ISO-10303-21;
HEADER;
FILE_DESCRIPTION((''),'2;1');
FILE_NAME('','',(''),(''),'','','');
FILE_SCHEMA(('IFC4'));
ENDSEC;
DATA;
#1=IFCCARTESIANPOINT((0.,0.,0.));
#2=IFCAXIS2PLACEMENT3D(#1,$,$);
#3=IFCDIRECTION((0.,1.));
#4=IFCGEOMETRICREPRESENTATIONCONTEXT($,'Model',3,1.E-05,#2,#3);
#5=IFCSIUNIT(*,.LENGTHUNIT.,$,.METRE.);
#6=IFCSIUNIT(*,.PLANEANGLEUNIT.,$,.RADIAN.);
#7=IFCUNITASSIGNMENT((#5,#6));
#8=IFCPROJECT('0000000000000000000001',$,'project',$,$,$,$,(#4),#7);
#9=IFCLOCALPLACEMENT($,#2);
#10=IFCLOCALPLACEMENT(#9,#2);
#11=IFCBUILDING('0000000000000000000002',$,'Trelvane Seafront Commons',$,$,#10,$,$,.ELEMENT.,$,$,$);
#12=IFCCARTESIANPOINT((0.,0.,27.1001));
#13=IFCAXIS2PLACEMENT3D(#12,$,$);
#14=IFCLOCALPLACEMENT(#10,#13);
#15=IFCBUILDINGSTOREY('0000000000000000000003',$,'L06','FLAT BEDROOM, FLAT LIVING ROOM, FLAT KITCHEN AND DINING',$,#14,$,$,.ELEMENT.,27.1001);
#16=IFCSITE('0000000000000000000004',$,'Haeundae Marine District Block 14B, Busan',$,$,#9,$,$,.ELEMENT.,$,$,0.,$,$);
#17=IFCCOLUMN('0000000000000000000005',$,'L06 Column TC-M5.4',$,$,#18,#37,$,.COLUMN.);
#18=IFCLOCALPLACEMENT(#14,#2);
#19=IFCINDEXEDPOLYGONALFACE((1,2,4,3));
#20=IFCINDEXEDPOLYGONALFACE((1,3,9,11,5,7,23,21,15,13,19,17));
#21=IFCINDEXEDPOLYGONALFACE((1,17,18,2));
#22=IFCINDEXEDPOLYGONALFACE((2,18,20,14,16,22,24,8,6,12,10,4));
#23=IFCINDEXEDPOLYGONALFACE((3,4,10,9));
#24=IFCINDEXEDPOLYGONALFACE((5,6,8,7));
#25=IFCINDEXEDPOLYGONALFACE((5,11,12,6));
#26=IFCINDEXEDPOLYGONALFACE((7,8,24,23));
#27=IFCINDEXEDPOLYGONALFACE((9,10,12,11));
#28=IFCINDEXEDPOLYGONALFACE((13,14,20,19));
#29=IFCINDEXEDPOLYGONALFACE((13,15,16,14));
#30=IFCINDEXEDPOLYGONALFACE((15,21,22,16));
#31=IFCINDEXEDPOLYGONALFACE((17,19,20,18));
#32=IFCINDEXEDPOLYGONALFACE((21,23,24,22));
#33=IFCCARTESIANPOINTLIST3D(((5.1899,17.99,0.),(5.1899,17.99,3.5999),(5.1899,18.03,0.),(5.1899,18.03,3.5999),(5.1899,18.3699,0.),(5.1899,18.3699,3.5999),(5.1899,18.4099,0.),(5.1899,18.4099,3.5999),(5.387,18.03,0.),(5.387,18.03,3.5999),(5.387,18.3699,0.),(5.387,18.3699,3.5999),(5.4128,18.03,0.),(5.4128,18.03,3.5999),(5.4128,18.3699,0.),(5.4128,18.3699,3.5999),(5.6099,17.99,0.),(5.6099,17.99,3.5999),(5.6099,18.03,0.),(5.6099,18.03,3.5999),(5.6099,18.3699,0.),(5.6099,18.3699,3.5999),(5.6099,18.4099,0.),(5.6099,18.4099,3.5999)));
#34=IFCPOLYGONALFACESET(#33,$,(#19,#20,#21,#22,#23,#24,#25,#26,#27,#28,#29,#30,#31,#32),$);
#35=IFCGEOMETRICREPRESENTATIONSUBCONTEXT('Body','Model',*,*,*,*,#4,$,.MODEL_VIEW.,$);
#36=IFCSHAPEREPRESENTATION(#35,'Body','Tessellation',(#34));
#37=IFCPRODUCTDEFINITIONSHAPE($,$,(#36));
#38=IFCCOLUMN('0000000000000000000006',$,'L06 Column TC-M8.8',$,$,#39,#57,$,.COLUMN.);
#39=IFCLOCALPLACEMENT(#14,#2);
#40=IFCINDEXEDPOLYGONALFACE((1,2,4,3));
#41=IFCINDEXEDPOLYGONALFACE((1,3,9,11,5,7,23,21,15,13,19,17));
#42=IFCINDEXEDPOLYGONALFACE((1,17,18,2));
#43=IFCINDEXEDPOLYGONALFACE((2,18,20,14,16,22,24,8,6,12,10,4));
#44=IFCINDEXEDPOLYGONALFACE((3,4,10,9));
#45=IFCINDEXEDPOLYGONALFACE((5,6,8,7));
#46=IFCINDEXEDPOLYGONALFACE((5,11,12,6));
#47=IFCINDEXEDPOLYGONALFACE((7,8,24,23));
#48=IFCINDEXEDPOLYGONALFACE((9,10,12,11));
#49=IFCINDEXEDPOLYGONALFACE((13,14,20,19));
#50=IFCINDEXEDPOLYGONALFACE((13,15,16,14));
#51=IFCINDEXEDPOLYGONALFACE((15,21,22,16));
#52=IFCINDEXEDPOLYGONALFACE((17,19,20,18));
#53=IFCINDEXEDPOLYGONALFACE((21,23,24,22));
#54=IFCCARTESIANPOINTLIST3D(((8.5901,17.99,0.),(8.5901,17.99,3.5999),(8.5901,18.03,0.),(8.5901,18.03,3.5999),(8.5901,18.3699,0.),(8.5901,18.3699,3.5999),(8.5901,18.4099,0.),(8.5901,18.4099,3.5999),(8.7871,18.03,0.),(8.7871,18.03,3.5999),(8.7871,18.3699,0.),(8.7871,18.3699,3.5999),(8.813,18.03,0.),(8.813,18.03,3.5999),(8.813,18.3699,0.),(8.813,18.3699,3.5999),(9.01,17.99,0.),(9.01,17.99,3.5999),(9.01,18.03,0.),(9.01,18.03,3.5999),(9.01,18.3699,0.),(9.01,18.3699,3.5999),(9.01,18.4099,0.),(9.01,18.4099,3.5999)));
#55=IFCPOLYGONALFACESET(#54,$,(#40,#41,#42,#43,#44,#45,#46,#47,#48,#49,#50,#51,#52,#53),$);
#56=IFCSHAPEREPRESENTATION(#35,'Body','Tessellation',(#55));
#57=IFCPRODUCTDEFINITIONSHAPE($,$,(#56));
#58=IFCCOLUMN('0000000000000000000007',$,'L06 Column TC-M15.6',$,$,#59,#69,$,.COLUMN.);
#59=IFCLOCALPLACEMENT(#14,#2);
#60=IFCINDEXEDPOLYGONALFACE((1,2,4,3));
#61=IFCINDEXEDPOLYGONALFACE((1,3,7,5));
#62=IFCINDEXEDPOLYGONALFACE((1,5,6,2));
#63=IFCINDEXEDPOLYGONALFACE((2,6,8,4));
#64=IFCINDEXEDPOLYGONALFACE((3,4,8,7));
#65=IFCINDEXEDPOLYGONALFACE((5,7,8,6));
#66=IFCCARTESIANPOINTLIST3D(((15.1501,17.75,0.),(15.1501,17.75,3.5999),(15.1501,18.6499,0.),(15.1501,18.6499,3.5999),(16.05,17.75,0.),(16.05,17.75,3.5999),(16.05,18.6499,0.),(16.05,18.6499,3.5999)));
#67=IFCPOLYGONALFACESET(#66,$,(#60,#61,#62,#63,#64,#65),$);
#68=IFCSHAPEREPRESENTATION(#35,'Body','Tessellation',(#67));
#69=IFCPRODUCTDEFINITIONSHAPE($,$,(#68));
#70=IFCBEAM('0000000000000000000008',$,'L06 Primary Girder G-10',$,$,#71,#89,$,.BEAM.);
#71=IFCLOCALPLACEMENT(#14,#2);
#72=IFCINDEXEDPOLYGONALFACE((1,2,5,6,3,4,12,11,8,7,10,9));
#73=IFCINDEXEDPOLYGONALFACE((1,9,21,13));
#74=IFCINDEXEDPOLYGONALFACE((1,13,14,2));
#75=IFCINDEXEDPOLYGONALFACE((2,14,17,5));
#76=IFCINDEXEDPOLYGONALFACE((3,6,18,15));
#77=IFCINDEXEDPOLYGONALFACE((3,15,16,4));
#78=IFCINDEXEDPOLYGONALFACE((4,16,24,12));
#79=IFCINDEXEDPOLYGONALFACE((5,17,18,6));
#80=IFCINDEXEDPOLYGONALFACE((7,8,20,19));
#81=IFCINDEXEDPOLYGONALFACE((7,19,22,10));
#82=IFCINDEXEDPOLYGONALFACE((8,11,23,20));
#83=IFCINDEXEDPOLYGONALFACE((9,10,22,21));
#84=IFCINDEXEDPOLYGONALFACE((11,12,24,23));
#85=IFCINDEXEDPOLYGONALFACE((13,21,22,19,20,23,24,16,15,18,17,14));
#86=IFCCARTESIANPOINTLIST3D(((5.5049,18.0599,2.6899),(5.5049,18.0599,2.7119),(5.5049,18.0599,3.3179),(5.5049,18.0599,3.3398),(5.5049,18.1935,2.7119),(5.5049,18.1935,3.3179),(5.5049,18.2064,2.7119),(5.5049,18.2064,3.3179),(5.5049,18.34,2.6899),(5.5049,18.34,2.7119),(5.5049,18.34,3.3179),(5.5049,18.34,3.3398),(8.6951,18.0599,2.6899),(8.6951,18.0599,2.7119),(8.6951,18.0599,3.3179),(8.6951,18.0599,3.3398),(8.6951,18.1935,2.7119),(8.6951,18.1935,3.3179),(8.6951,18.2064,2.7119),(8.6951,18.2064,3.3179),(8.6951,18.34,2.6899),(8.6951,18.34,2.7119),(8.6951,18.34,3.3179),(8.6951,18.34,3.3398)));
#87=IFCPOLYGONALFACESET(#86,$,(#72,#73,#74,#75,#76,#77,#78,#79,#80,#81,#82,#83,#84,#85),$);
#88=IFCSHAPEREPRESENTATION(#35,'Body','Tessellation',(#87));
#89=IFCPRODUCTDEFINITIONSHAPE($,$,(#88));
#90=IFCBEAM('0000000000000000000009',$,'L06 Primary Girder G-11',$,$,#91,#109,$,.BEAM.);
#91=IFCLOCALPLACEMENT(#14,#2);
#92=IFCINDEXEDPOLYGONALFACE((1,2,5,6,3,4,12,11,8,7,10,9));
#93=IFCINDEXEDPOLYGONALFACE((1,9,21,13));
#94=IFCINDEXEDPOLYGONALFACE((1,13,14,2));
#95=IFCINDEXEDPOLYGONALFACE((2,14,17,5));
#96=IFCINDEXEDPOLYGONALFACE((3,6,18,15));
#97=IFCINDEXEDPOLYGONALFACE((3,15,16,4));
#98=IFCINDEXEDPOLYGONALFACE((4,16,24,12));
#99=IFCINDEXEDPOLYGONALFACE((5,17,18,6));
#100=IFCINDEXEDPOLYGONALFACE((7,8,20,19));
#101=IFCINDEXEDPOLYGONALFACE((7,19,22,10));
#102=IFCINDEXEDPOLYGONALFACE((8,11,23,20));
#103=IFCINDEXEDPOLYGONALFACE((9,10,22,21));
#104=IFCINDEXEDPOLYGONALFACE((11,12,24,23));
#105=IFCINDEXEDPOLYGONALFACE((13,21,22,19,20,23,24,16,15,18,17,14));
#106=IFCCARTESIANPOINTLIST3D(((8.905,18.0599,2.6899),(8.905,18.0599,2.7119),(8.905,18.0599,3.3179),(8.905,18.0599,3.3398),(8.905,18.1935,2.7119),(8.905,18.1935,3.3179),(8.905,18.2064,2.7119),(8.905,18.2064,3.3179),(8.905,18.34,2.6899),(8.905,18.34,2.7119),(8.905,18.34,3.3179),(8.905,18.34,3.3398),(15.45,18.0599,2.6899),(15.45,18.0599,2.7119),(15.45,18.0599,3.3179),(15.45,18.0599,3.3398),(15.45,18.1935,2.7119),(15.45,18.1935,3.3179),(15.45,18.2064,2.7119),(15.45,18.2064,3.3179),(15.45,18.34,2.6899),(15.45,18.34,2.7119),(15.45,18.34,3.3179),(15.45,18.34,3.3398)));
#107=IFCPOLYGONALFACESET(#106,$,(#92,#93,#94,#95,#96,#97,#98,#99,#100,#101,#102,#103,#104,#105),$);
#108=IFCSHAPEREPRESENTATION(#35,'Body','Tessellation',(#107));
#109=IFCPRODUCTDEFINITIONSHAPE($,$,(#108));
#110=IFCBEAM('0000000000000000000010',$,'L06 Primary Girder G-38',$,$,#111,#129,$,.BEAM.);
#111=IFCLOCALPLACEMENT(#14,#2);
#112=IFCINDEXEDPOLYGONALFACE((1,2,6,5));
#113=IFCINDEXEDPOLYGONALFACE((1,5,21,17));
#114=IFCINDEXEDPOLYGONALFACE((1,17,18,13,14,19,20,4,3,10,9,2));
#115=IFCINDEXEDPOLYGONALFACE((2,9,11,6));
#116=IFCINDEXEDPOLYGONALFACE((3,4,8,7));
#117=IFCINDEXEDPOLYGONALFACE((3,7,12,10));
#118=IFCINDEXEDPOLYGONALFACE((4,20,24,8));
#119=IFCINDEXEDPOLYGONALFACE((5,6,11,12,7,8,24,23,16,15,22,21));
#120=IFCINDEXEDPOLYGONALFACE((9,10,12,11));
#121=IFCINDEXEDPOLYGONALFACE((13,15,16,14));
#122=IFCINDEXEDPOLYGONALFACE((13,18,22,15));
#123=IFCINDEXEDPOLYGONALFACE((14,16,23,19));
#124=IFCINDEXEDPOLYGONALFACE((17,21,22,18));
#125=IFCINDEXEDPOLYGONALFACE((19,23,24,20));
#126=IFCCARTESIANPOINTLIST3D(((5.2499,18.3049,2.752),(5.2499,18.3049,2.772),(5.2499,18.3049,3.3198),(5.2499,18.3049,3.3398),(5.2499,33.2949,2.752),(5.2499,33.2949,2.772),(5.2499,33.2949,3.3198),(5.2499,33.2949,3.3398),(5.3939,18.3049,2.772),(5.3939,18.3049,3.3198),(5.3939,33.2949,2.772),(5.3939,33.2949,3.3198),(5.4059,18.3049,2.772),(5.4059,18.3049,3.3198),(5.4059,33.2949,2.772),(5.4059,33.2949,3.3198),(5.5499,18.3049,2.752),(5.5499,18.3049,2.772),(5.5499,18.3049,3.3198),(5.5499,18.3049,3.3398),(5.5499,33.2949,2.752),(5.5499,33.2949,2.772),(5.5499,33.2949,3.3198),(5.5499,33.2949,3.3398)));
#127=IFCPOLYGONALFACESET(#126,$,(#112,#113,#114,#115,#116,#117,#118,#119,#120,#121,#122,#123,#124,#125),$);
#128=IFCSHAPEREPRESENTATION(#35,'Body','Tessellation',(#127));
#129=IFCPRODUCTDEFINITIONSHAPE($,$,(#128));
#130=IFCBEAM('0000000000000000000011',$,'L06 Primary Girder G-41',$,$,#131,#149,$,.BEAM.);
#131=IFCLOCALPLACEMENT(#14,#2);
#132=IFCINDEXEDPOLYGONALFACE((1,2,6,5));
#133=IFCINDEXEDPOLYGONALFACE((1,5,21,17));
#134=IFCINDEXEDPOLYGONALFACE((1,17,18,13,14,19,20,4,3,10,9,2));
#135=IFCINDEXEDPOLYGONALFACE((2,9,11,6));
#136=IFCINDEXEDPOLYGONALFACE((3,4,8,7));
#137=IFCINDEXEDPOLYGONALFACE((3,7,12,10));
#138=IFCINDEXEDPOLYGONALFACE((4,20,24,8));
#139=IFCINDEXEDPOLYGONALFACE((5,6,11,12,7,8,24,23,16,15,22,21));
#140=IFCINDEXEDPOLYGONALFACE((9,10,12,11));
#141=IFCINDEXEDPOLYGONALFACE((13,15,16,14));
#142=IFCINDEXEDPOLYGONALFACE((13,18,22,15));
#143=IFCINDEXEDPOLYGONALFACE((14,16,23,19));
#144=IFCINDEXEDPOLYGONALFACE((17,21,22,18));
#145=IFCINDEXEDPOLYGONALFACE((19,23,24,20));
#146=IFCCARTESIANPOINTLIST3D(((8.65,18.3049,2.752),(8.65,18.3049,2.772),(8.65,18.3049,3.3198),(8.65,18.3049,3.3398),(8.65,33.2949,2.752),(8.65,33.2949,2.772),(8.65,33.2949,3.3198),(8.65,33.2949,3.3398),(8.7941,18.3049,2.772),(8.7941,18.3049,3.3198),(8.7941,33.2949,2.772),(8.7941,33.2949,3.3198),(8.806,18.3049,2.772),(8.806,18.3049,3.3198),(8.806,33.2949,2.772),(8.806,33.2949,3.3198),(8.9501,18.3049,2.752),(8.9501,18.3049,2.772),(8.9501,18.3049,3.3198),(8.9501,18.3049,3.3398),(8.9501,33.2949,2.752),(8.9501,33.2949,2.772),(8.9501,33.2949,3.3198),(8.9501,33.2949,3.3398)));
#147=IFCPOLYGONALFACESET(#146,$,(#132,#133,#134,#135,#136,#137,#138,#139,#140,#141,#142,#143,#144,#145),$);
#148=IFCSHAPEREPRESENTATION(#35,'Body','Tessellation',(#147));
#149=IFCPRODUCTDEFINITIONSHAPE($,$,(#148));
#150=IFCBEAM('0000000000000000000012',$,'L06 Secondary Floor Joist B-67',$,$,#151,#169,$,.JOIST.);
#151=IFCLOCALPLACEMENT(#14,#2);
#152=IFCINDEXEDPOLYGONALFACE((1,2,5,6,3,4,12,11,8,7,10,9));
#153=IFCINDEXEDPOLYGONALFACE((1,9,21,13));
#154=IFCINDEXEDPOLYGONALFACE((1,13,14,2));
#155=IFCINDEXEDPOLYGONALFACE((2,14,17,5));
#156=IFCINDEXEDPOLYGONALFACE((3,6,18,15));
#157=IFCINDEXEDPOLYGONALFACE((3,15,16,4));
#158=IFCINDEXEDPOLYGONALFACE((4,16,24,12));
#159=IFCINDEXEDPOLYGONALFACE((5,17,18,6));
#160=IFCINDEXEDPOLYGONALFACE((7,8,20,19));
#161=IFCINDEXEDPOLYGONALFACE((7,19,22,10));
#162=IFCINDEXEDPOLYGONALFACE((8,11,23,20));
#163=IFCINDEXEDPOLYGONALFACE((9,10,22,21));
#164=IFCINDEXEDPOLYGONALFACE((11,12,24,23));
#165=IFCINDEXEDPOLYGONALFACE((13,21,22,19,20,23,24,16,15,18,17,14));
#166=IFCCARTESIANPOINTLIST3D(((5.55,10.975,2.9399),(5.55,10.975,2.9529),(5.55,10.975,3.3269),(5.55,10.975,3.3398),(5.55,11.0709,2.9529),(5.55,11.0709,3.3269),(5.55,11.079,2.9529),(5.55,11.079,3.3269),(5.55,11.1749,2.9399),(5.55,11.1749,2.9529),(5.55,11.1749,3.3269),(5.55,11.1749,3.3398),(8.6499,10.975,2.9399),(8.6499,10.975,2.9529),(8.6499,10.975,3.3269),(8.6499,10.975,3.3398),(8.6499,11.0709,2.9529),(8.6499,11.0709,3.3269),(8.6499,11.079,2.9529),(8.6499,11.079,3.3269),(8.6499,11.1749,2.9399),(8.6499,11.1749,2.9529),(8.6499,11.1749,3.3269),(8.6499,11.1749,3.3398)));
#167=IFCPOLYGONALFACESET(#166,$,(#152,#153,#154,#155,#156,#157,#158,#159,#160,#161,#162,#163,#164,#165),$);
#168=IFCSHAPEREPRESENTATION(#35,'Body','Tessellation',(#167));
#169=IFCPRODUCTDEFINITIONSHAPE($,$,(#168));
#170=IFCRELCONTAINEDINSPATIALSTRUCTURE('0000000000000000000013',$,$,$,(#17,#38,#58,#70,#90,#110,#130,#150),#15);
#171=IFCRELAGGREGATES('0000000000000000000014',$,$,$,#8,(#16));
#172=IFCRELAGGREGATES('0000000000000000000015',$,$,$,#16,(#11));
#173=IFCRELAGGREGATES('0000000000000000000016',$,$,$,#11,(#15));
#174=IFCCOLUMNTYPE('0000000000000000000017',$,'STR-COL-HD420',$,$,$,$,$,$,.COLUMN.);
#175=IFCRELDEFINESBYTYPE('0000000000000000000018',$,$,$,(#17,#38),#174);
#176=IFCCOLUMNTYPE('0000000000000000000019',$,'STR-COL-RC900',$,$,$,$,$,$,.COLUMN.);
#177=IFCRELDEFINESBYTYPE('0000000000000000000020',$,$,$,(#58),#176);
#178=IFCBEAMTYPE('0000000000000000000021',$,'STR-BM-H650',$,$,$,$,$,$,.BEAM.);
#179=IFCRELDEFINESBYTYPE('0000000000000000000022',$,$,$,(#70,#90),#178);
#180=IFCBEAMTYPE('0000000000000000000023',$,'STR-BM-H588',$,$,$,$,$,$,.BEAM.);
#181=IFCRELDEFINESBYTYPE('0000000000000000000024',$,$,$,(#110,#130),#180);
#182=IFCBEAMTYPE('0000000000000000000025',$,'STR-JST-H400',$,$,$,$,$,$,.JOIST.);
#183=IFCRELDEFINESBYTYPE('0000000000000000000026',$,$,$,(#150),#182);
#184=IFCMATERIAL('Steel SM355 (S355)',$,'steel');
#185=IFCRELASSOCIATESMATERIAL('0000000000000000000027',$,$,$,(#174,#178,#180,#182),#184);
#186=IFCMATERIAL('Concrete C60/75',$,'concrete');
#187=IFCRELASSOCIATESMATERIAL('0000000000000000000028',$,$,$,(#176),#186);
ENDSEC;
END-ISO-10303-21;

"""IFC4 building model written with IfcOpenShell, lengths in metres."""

from ifc_helpers import new_model, si_unit, direction, frame, origin, origin_2d, place, context, subcontext, project, spatial, rectangle, i_section, extrude, source, transform, mapped, material, material_profile, profile_set, type_object, element, save


model = new_model("IFC4")

# Units and contexts
model_context = context("Model", 3, precision=1e-05, world=origin(), true_north=direction((0.0, 1.0)))
body_context = subcontext(model_context, "Body", "Model", "MODEL_VIEW")
ifc_project = project(units=[si_unit("LENGTHUNIT", "METRE"), si_unit("PLANEANGLEUNIT", "RADIAN")], contexts=[model_context])

# Site, building, storey
site_placement = place(None, origin())
site = spatial("IfcSite", under=ifc_project, at=site_placement, Name="Haeundae Marine District Block 14B, Busan", CompositionType="ELEMENT", RefElevation=0.0)
building_placement = place(site_placement, origin())
building = spatial("IfcBuilding", under=site, at=building_placement, Name="Trelvane Seafront Commons", CompositionType="ELEMENT")
storey_placement = place(building_placement, frame((0.0, 0.0, 27.1001)))
storey = spatial("IfcBuildingStorey", under=building, at=storey_placement, Name="L06", Description="FLAT BEDROOM, FLAT LIVING ROOM, FLAT KITCHEN AND DINING", CompositionType="ELEMENT", Elevation=27.1001)

# Columns
ifc_material_1 = material(Name="Steel SM355 (S355)", Category="steel")
ifc_material_profile_1 = material_profile(ifc_material_1, i_section(OverallWidth=0.4199, OverallDepth=0.4199, WebThickness=0.0259, FlangeThickness=0.04, at=origin_2d()), Name="HD-420x420x26x40")
ifc_profile_set_1 = profile_set([ifc_material_profile_1], Name="Steel SM355 (S355)")
column_type_1 = type_object("IfcColumnType", Name="STR-COL-HD420", PredefinedType="COLUMN", material=ifc_profile_set_1)
shared_shape_1 = source(origin(), body_context, "Body", "SweptSolid", [
    extrude(i_section(OverallWidth=0.4199, OverallDepth=0.4199, WebThickness=0.0259, FlangeThickness=0.04, at=origin_2d()), origin(), (0.0, 0.0, 1.0), 3.5999),
])
for number, where, z_axis, x_axis, name in (
    (1, (5.3999, 18.2, 0.0), (0.0, 0.0, 1.0), (1.0, 0.0, 0.0), "L06 Column TC-M5.4"),
    (2, (8.8, 18.2, 0.0), (0.0, 0.0, 1.0), (1.0, 0.0, 0.0), "L06 Column TC-M8.8"),
):
    element("IfcColumn", number, at=place(storey_placement, frame(where, z_axis=z_axis, x_axis=x_axis)), inside=storey, type_object=column_type_1, Name=name, PredefinedType="COLUMN", context=body_context, shape_type="MappedRepresentation", body=[
        mapped(shared_shape_1, transform((0.0, 0.0, 0.0), x_axis=(1.0, 0.0, 0.0), y_axis=(0.0, 1.0, 0.0), z_axis=(0.0, 0.0, 1.0), scale=1.0)),
    ])
ifc_material_2 = material(Name="Concrete C60/75", Category="concrete")
ifc_material_profile_2 = material_profile(ifc_material_2, rectangle(XDim=0.8999, YDim=0.8999, at=origin_2d()), Name="RC-900x900")
ifc_profile_set_2 = profile_set([ifc_material_profile_2], Name="Concrete C60/75")
column_type_2 = type_object("IfcColumnType", Name="STR-COL-RC900", PredefinedType="COLUMN", material=ifc_profile_set_2)
shared_shape_2 = source(origin(), body_context, "Body", "SweptSolid", [
    extrude(rectangle(XDim=0.8999, YDim=0.8999, at=origin_2d()), origin(), (0.0, 0.0, 1.0), 3.5999),
])
column_placement = place(storey_placement, frame((15.6001, 18.2, 0.0), z_axis=(0.0, 0.0, 1.0), x_axis=(1.0, 0.0, 0.0)))
element("IfcColumn", 3, at=column_placement, inside=storey, type_object=column_type_2, Name="L06 Column TC-M15.6", PredefinedType="COLUMN", context=body_context, shape_type="MappedRepresentation", body=[
    mapped(shared_shape_2, transform((0.0, 0.0, 0.0), x_axis=(1.0, 0.0, 0.0), y_axis=(0.0, 1.0, 0.0), z_axis=(0.0, 0.0, 1.0), scale=1.0)),
])

# Beams
ifc_material_profile_3 = material_profile(ifc_material_1, i_section(OverallWidth=0.28, OverallDepth=0.6499, WebThickness=0.0129, FlangeThickness=0.022, at=origin_2d()), Name="H-650x280x13x22")
ifc_profile_set_3 = profile_set([ifc_material_profile_3], Name="Steel SM355 (S355)")
beam_type_1 = type_object("IfcBeamType", Name="STR-BM-H650", PredefinedType="BEAM", material=ifc_profile_set_3)
shared_shape_3 = source(origin(), body_context, "Body", "SweptSolid", [
    extrude(i_section(OverallWidth=0.28, OverallDepth=0.6499, WebThickness=0.0129, FlangeThickness=0.022, at=origin_2d()), origin(), (0.0, 0.0, 1.0), 3.1902),
])
beam_1_placement = place(storey_placement, frame((5.5049, 18.2, 3.0149), z_axis=(1.0, 0.0, 0.0), x_axis=(0.0, 1.0, 0.0)))
element("IfcBeam", 4, at=beam_1_placement, inside=storey, type_object=beam_type_1, Name="L06 Primary Girder G-10", PredefinedType="BEAM", context=body_context, shape_type="MappedRepresentation", body=[
    mapped(shared_shape_3, transform((0.0, 0.0, 0.0), x_axis=(1.0, 0.0, 0.0), y_axis=(0.0, 1.0, 0.0), z_axis=(0.0, 0.0, 1.0), scale=1.0)),
])
shared_shape_4 = source(origin(), body_context, "Body", "SweptSolid", [
    extrude(i_section(OverallWidth=0.28, OverallDepth=0.6499, WebThickness=0.0129, FlangeThickness=0.022, at=origin_2d()), origin(), (0.0, 0.0, 1.0), 6.5449),
])
beam_2_placement = place(storey_placement, frame((8.905, 18.2, 3.0149), z_axis=(1.0, 0.0, 0.0), x_axis=(0.0, 1.0, 0.0)))
element("IfcBeam", 5, at=beam_2_placement, inside=storey, type_object=beam_type_1, Name="L06 Primary Girder G-11", PredefinedType="BEAM", context=body_context, shape_type="MappedRepresentation", body=[
    mapped(shared_shape_4, transform((0.0, 0.0, 0.0), x_axis=(1.0, 0.0, 0.0), y_axis=(0.0, 1.0, 0.0), z_axis=(0.0, 0.0, 1.0), scale=1.0)),
])
ifc_material_profile_4 = material_profile(ifc_material_1, i_section(OverallWidth=0.3, OverallDepth=0.5879, WebThickness=0.012, FlangeThickness=0.02, at=origin_2d()), Name="H-588x300x12x20")
ifc_profile_set_4 = profile_set([ifc_material_profile_4], Name="Steel SM355 (S355)")
beam_type_2 = type_object("IfcBeamType", Name="STR-BM-H588", PredefinedType="BEAM", material=ifc_profile_set_4)
shared_shape_5 = source(origin(), body_context, "Body", "SweptSolid", [
    extrude(i_section(OverallWidth=0.3, OverallDepth=0.5879, WebThickness=0.012, FlangeThickness=0.02, at=origin_2d()), origin(), (0.0, 0.0, 1.0), 14.99),
])
for number, where, z_axis, x_axis, name in (
    (6, (5.3999, 18.3049, 3.0459), (0.0, 1.0, 0.0), (-1.0, 0.0, 0.0), "L06 Primary Girder G-38"),
    (7, (8.8, 18.3049, 3.0459), (0.0, 1.0, 0.0), (-1.0, 0.0, 0.0), "L06 Primary Girder G-41"),
):
    element("IfcBeam", number, at=place(storey_placement, frame(where, z_axis=z_axis, x_axis=x_axis)), inside=storey, type_object=beam_type_2, Name=name, PredefinedType="BEAM", context=body_context, shape_type="MappedRepresentation", body=[
        mapped(shared_shape_5, transform((0.0, 0.0, 0.0), x_axis=(1.0, 0.0, 0.0), y_axis=(0.0, 1.0, 0.0), z_axis=(0.0, 0.0, 1.0), scale=1.0)),
    ])
ifc_material_profile_5 = material_profile(ifc_material_1, i_section(OverallWidth=0.2, OverallDepth=0.3999, WebThickness=0.0081, FlangeThickness=0.0129, at=origin_2d()), Name="H-400x200x8x13")
ifc_profile_set_5 = profile_set([ifc_material_profile_5], Name="Steel SM355 (S355)")
beam_type_3 = type_object("IfcBeamType", Name="STR-JST-H400", PredefinedType="JOIST", material=ifc_profile_set_5)
shared_shape_6 = source(origin(), body_context, "Body", "SweptSolid", [
    extrude(i_section(OverallWidth=0.2, OverallDepth=0.3999, WebThickness=0.0081, FlangeThickness=0.0129, at=origin_2d()), origin(), (0.0, 0.0, 1.0), 3.0999),
])
beam_3_placement = place(storey_placement, frame((5.55, 11.075, 3.1399), z_axis=(1.0, 0.0, 0.0), x_axis=(0.0, 1.0, 0.0)))
element("IfcBeam", 8, at=beam_3_placement, inside=storey, type_object=beam_type_3, Name="L06 Secondary Floor Joist B-67", PredefinedType="JOIST", context=body_context, shape_type="MappedRepresentation", body=[
    mapped(shared_shape_6, transform((0.0, 0.0, 0.0), x_axis=(1.0, 0.0, 0.0), y_axis=(0.0, 1.0, 0.0), z_axis=(0.0, 0.0, 1.0), scale=1.0)),
])

save(model, "model.ifc")
